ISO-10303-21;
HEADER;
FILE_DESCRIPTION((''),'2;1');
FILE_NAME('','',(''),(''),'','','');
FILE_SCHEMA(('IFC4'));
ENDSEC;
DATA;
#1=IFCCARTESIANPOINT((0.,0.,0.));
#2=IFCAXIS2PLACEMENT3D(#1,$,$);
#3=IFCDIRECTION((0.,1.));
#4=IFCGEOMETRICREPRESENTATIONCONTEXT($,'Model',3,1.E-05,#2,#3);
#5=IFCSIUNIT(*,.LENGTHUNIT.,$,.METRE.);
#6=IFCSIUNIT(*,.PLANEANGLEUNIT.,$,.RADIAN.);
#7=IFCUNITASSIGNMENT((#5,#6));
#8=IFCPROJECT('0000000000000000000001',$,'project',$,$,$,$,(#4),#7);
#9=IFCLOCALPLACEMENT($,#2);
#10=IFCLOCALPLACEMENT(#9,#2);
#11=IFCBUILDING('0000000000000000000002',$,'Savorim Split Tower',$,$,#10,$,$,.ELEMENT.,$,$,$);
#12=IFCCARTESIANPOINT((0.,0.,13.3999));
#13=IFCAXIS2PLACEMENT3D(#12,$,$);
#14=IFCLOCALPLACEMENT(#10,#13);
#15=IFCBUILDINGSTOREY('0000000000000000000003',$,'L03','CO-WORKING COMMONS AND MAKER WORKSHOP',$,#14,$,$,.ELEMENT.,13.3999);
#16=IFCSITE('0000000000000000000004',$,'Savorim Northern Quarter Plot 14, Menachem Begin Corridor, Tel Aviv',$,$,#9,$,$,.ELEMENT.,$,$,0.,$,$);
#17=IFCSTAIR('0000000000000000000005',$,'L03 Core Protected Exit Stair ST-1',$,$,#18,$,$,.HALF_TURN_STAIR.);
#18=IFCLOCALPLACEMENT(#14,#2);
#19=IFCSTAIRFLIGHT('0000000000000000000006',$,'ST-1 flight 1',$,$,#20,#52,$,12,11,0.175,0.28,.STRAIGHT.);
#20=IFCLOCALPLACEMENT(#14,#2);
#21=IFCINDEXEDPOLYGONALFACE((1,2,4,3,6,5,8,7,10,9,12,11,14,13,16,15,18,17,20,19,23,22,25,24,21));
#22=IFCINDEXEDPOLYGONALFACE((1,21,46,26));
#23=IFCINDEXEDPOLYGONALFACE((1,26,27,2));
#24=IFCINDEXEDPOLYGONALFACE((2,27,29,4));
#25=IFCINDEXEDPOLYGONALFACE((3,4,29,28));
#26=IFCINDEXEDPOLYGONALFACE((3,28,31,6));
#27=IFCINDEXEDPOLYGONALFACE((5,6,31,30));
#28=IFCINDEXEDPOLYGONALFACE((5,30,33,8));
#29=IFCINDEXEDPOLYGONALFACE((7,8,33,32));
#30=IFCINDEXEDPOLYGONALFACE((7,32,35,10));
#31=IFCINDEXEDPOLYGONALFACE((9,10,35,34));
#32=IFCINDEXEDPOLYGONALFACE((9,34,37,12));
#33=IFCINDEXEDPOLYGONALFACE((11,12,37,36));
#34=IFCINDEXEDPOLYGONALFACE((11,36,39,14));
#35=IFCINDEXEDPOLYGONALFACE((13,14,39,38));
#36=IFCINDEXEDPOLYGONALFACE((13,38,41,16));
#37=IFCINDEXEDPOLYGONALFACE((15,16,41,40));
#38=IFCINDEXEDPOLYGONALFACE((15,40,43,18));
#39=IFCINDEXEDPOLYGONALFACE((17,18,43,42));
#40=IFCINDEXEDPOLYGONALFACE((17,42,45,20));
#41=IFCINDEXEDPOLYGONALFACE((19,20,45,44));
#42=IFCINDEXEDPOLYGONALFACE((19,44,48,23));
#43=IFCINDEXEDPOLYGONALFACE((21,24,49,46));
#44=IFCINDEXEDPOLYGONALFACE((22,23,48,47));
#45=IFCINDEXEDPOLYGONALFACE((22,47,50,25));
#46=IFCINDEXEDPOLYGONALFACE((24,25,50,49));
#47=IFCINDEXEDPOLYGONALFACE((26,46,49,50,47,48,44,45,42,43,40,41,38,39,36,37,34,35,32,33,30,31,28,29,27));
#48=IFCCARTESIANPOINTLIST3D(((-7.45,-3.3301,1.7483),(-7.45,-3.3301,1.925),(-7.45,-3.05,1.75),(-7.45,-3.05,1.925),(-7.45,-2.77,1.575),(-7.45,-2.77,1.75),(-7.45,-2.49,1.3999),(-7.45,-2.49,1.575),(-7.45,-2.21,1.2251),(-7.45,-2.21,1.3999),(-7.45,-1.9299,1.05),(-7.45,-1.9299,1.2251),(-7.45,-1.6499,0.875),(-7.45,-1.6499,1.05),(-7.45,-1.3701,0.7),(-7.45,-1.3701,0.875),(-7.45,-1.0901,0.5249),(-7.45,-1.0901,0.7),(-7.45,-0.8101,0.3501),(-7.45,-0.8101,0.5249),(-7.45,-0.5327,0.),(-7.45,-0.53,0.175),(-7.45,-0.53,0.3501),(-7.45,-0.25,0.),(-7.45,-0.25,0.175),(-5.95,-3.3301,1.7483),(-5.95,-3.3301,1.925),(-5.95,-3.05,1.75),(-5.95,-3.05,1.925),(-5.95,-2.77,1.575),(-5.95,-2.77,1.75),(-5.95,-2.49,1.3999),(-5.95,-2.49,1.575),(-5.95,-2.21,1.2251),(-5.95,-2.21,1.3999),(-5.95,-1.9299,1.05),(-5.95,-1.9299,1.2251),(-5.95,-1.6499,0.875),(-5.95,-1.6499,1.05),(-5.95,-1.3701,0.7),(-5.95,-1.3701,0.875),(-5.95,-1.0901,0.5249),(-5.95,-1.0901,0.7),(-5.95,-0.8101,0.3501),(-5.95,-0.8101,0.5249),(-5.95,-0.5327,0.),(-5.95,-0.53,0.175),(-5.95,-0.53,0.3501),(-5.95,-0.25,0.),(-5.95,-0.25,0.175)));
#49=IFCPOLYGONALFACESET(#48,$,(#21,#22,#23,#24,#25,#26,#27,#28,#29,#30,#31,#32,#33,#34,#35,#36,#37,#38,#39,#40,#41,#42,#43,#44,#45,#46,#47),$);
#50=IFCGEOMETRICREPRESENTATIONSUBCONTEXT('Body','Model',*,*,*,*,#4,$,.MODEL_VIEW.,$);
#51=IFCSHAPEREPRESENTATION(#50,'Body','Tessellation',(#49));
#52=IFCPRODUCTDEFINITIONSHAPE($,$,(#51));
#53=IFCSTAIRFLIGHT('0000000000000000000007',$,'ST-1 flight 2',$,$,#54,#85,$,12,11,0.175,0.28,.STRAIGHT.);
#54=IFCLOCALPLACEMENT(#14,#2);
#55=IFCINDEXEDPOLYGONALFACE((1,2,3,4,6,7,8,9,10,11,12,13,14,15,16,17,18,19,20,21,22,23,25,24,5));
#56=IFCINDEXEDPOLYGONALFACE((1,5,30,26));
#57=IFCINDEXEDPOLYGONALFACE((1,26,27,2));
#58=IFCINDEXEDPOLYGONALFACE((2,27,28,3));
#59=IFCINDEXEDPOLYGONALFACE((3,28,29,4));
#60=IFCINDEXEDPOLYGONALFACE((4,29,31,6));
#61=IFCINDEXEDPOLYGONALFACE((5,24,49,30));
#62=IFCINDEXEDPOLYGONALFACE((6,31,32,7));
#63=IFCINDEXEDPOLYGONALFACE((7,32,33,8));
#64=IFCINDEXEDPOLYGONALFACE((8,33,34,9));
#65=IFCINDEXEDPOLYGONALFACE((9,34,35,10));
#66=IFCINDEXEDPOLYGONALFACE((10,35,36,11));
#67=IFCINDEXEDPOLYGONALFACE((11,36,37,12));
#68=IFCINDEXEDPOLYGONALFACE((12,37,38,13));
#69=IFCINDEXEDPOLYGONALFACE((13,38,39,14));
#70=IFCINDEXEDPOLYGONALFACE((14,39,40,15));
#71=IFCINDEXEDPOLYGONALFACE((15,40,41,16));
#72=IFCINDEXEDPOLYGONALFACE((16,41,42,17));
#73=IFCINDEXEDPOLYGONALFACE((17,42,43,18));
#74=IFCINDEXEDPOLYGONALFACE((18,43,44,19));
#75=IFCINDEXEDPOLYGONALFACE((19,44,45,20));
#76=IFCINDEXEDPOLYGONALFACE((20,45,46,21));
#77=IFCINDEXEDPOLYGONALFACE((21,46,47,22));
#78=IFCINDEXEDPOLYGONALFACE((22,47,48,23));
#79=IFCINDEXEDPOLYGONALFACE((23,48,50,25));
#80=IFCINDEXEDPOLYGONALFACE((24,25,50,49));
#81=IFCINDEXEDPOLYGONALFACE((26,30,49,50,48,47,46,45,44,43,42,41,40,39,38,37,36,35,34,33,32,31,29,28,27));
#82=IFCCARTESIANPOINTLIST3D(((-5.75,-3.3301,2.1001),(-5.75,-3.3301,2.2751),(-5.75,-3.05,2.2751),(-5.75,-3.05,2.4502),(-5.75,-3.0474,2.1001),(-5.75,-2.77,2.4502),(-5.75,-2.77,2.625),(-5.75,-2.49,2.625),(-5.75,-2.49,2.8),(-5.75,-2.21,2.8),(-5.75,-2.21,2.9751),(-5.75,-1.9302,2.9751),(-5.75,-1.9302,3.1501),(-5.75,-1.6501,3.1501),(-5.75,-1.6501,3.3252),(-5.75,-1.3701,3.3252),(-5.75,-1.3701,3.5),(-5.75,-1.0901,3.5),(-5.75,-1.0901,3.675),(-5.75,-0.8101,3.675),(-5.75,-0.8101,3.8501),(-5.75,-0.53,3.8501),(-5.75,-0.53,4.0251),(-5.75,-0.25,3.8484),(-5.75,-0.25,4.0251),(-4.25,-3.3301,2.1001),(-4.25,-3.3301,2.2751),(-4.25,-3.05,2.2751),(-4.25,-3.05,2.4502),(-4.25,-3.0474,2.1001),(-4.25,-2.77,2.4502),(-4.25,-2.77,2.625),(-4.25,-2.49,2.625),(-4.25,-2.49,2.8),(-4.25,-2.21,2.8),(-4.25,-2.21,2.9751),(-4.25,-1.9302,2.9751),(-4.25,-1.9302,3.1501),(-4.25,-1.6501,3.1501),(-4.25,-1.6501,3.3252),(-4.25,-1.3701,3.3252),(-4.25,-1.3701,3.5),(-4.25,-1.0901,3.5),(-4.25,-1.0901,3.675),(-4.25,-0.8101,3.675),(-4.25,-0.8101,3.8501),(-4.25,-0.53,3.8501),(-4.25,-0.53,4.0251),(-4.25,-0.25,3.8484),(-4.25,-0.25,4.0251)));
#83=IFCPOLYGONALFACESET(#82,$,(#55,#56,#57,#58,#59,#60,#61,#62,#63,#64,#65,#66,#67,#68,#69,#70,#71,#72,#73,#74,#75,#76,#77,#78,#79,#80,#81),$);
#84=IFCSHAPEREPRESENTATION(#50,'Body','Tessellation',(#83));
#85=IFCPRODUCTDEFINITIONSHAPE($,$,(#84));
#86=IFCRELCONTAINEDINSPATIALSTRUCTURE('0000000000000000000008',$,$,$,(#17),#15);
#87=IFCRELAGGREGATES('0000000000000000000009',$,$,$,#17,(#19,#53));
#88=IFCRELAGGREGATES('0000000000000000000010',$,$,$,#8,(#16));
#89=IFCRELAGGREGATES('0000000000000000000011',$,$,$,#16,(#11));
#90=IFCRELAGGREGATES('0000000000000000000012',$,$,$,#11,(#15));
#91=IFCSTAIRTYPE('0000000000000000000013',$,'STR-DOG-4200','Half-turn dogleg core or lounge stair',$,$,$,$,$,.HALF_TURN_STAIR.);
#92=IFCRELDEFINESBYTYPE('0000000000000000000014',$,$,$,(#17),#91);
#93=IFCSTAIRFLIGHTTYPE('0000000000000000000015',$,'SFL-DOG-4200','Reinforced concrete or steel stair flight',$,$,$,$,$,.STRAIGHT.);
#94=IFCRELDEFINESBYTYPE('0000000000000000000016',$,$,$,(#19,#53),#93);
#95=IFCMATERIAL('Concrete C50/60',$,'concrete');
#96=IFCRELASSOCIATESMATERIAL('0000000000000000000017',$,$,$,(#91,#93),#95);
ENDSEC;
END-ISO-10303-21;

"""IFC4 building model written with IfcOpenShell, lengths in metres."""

from ifc_helpers import new_model, si_unit, direction, frame, origin, place, context, subcontext, project, spatial, polyline, outline, extrude, material, type_object, element, aggregate, save


model = new_model("IFC4")

# Units and contexts
model_context = context("Model", 3, precision=1e-05, world=origin(), true_north=direction((0.0, 1.0)))
body_context = subcontext(model_context, "Body", "Model", "MODEL_VIEW")
ifc_project = project(units=[si_unit("LENGTHUNIT", "METRE"), si_unit("PLANEANGLEUNIT", "RADIAN")], contexts=[model_context])

# Site, building, storey
site_placement = place(None, origin())
site = spatial("IfcSite", under=ifc_project, at=site_placement, Name="Savorim Northern Quarter Plot 14, Menachem Begin Corridor, Tel Aviv", CompositionType="ELEMENT", RefElevation=0.0)
building_placement = place(site_placement, origin())
building = spatial("IfcBuilding", under=site, at=building_placement, Name="Savorim Split Tower", CompositionType="ELEMENT")
storey_placement = place(building_placement, frame((0.0, 0.0, 13.3999)))
storey = spatial("IfcBuildingStorey", under=building, at=storey_placement, Name="L03", Description="CO-WORKING COMMONS AND MAKER WORKSHOP", CompositionType="ELEMENT", Elevation=13.3999)

# Shared definitions
ifc_material_1 = material(Name="Concrete C50/60", Category="concrete")

# Stair, stair flights
stair_type = type_object("IfcStairType", Name="STR-DOG-4200", Description="Half-turn dogleg core or lounge stair", PredefinedType="HALF_TURN_STAIR", material=ifc_material_1)
stair_placement = place(storey_placement, origin())
stair = element("IfcStair", 1, at=stair_placement, inside=storey, type_object=stair_type, Name="L03 Core Protected Exit Stair ST-1", PredefinedType="HALF_TURN_STAIR")
stair_flight_type = type_object("IfcStairFlightType", Name="SFL-DOG-4200", Description="Reinforced concrete or steel stair flight", PredefinedType="STRAIGHT", material=ifc_material_1)
stair_flight_1_placement = place(storey_placement, frame((-6.7, -0.25, 0.0), z_axis=(0.0, 0.0, 1.0), x_axis=(0.0, -1.0, 0.0)))
stair_flight_1 = element("IfcStairFlight", 2, at=stair_flight_1_placement, type_object=stair_flight_type, Name="ST-1 flight 1", NumberOfRisers=12, NumberOfTreads=11, PredefinedType="STRAIGHT", RiserHeight=0.175, TreadLength=0.28, context=body_context, shape_type="SweptSolid", body=[
    extrude(outline(polyline([(0.0, 0.0), (0.0, 0.175), (0.28, 0.175), (0.28, 0.3501), (0.5601, 0.3501), (0.5601, 0.5249), (0.8401, 0.5249), (0.8401, 0.7), (1.1201, 0.7), (1.1201, 0.875), (1.3999, 0.875), (1.3999, 1.05), (1.6799, 1.05), (1.6799, 1.2251), (1.96, 1.2251), (1.96, 1.3999), (2.24, 1.3999), (2.24, 1.575), (2.52, 1.575), (2.52, 1.75), (2.8, 1.75), (2.8, 1.925), (3.0801, 1.925), (3.0801, 2.1001), (3.0801, 1.7483), (0.2827, 0.0), (0.0, 0.0)])), frame((0.0, 0.75, 0.0), z_axis=(0.0, -1.0, 0.0), x_axis=(1.0, 0.0, 0.0)), (0.0, 0.0, 1.0), 1.5),
])
stair_flight_2_placement = place(storey_placement, frame((-5.0, -3.3301, 2.1001), z_axis=(0.0, 0.0, 1.0), x_axis=(0.0, 1.0, 0.0)))
stair_flight_2 = element("IfcStairFlight", 3, at=stair_flight_2_placement, type_object=stair_flight_type, Name="ST-1 flight 2", NumberOfRisers=12, NumberOfTreads=11, PredefinedType="STRAIGHT", RiserHeight=0.175, TreadLength=0.28, context=body_context, shape_type="SweptSolid", body=[
    extrude(outline(polyline([(0.0, 0.0), (0.0, 0.175), (0.28, 0.175), (0.28, 0.3501), (0.5601, 0.3501), (0.5601, 0.5249), (0.8401, 0.5249), (0.8401, 0.7), (1.1201, 0.7), (1.1201, 0.875), (1.3999, 0.875), (1.3999, 1.05), (1.6799, 1.05), (1.6799, 1.2251), (1.96, 1.2251), (1.96, 1.3999), (2.24, 1.3999), (2.24, 1.575), (2.52, 1.575), (2.52, 1.75), (2.8, 1.75), (2.8, 1.925), (3.0801, 1.925), (3.0801, 2.1001), (3.0801, 1.7483), (0.2827, 0.0), (0.0, 0.0)])), frame((0.0, 0.75, 0.0), z_axis=(0.0, -1.0, 0.0), x_axis=(1.0, 0.0, 0.0)), (0.0, 0.0, 1.0), 1.5),
])
aggregate(stair, [stair_flight_1, stair_flight_2])

save(model, "model.ifc")
